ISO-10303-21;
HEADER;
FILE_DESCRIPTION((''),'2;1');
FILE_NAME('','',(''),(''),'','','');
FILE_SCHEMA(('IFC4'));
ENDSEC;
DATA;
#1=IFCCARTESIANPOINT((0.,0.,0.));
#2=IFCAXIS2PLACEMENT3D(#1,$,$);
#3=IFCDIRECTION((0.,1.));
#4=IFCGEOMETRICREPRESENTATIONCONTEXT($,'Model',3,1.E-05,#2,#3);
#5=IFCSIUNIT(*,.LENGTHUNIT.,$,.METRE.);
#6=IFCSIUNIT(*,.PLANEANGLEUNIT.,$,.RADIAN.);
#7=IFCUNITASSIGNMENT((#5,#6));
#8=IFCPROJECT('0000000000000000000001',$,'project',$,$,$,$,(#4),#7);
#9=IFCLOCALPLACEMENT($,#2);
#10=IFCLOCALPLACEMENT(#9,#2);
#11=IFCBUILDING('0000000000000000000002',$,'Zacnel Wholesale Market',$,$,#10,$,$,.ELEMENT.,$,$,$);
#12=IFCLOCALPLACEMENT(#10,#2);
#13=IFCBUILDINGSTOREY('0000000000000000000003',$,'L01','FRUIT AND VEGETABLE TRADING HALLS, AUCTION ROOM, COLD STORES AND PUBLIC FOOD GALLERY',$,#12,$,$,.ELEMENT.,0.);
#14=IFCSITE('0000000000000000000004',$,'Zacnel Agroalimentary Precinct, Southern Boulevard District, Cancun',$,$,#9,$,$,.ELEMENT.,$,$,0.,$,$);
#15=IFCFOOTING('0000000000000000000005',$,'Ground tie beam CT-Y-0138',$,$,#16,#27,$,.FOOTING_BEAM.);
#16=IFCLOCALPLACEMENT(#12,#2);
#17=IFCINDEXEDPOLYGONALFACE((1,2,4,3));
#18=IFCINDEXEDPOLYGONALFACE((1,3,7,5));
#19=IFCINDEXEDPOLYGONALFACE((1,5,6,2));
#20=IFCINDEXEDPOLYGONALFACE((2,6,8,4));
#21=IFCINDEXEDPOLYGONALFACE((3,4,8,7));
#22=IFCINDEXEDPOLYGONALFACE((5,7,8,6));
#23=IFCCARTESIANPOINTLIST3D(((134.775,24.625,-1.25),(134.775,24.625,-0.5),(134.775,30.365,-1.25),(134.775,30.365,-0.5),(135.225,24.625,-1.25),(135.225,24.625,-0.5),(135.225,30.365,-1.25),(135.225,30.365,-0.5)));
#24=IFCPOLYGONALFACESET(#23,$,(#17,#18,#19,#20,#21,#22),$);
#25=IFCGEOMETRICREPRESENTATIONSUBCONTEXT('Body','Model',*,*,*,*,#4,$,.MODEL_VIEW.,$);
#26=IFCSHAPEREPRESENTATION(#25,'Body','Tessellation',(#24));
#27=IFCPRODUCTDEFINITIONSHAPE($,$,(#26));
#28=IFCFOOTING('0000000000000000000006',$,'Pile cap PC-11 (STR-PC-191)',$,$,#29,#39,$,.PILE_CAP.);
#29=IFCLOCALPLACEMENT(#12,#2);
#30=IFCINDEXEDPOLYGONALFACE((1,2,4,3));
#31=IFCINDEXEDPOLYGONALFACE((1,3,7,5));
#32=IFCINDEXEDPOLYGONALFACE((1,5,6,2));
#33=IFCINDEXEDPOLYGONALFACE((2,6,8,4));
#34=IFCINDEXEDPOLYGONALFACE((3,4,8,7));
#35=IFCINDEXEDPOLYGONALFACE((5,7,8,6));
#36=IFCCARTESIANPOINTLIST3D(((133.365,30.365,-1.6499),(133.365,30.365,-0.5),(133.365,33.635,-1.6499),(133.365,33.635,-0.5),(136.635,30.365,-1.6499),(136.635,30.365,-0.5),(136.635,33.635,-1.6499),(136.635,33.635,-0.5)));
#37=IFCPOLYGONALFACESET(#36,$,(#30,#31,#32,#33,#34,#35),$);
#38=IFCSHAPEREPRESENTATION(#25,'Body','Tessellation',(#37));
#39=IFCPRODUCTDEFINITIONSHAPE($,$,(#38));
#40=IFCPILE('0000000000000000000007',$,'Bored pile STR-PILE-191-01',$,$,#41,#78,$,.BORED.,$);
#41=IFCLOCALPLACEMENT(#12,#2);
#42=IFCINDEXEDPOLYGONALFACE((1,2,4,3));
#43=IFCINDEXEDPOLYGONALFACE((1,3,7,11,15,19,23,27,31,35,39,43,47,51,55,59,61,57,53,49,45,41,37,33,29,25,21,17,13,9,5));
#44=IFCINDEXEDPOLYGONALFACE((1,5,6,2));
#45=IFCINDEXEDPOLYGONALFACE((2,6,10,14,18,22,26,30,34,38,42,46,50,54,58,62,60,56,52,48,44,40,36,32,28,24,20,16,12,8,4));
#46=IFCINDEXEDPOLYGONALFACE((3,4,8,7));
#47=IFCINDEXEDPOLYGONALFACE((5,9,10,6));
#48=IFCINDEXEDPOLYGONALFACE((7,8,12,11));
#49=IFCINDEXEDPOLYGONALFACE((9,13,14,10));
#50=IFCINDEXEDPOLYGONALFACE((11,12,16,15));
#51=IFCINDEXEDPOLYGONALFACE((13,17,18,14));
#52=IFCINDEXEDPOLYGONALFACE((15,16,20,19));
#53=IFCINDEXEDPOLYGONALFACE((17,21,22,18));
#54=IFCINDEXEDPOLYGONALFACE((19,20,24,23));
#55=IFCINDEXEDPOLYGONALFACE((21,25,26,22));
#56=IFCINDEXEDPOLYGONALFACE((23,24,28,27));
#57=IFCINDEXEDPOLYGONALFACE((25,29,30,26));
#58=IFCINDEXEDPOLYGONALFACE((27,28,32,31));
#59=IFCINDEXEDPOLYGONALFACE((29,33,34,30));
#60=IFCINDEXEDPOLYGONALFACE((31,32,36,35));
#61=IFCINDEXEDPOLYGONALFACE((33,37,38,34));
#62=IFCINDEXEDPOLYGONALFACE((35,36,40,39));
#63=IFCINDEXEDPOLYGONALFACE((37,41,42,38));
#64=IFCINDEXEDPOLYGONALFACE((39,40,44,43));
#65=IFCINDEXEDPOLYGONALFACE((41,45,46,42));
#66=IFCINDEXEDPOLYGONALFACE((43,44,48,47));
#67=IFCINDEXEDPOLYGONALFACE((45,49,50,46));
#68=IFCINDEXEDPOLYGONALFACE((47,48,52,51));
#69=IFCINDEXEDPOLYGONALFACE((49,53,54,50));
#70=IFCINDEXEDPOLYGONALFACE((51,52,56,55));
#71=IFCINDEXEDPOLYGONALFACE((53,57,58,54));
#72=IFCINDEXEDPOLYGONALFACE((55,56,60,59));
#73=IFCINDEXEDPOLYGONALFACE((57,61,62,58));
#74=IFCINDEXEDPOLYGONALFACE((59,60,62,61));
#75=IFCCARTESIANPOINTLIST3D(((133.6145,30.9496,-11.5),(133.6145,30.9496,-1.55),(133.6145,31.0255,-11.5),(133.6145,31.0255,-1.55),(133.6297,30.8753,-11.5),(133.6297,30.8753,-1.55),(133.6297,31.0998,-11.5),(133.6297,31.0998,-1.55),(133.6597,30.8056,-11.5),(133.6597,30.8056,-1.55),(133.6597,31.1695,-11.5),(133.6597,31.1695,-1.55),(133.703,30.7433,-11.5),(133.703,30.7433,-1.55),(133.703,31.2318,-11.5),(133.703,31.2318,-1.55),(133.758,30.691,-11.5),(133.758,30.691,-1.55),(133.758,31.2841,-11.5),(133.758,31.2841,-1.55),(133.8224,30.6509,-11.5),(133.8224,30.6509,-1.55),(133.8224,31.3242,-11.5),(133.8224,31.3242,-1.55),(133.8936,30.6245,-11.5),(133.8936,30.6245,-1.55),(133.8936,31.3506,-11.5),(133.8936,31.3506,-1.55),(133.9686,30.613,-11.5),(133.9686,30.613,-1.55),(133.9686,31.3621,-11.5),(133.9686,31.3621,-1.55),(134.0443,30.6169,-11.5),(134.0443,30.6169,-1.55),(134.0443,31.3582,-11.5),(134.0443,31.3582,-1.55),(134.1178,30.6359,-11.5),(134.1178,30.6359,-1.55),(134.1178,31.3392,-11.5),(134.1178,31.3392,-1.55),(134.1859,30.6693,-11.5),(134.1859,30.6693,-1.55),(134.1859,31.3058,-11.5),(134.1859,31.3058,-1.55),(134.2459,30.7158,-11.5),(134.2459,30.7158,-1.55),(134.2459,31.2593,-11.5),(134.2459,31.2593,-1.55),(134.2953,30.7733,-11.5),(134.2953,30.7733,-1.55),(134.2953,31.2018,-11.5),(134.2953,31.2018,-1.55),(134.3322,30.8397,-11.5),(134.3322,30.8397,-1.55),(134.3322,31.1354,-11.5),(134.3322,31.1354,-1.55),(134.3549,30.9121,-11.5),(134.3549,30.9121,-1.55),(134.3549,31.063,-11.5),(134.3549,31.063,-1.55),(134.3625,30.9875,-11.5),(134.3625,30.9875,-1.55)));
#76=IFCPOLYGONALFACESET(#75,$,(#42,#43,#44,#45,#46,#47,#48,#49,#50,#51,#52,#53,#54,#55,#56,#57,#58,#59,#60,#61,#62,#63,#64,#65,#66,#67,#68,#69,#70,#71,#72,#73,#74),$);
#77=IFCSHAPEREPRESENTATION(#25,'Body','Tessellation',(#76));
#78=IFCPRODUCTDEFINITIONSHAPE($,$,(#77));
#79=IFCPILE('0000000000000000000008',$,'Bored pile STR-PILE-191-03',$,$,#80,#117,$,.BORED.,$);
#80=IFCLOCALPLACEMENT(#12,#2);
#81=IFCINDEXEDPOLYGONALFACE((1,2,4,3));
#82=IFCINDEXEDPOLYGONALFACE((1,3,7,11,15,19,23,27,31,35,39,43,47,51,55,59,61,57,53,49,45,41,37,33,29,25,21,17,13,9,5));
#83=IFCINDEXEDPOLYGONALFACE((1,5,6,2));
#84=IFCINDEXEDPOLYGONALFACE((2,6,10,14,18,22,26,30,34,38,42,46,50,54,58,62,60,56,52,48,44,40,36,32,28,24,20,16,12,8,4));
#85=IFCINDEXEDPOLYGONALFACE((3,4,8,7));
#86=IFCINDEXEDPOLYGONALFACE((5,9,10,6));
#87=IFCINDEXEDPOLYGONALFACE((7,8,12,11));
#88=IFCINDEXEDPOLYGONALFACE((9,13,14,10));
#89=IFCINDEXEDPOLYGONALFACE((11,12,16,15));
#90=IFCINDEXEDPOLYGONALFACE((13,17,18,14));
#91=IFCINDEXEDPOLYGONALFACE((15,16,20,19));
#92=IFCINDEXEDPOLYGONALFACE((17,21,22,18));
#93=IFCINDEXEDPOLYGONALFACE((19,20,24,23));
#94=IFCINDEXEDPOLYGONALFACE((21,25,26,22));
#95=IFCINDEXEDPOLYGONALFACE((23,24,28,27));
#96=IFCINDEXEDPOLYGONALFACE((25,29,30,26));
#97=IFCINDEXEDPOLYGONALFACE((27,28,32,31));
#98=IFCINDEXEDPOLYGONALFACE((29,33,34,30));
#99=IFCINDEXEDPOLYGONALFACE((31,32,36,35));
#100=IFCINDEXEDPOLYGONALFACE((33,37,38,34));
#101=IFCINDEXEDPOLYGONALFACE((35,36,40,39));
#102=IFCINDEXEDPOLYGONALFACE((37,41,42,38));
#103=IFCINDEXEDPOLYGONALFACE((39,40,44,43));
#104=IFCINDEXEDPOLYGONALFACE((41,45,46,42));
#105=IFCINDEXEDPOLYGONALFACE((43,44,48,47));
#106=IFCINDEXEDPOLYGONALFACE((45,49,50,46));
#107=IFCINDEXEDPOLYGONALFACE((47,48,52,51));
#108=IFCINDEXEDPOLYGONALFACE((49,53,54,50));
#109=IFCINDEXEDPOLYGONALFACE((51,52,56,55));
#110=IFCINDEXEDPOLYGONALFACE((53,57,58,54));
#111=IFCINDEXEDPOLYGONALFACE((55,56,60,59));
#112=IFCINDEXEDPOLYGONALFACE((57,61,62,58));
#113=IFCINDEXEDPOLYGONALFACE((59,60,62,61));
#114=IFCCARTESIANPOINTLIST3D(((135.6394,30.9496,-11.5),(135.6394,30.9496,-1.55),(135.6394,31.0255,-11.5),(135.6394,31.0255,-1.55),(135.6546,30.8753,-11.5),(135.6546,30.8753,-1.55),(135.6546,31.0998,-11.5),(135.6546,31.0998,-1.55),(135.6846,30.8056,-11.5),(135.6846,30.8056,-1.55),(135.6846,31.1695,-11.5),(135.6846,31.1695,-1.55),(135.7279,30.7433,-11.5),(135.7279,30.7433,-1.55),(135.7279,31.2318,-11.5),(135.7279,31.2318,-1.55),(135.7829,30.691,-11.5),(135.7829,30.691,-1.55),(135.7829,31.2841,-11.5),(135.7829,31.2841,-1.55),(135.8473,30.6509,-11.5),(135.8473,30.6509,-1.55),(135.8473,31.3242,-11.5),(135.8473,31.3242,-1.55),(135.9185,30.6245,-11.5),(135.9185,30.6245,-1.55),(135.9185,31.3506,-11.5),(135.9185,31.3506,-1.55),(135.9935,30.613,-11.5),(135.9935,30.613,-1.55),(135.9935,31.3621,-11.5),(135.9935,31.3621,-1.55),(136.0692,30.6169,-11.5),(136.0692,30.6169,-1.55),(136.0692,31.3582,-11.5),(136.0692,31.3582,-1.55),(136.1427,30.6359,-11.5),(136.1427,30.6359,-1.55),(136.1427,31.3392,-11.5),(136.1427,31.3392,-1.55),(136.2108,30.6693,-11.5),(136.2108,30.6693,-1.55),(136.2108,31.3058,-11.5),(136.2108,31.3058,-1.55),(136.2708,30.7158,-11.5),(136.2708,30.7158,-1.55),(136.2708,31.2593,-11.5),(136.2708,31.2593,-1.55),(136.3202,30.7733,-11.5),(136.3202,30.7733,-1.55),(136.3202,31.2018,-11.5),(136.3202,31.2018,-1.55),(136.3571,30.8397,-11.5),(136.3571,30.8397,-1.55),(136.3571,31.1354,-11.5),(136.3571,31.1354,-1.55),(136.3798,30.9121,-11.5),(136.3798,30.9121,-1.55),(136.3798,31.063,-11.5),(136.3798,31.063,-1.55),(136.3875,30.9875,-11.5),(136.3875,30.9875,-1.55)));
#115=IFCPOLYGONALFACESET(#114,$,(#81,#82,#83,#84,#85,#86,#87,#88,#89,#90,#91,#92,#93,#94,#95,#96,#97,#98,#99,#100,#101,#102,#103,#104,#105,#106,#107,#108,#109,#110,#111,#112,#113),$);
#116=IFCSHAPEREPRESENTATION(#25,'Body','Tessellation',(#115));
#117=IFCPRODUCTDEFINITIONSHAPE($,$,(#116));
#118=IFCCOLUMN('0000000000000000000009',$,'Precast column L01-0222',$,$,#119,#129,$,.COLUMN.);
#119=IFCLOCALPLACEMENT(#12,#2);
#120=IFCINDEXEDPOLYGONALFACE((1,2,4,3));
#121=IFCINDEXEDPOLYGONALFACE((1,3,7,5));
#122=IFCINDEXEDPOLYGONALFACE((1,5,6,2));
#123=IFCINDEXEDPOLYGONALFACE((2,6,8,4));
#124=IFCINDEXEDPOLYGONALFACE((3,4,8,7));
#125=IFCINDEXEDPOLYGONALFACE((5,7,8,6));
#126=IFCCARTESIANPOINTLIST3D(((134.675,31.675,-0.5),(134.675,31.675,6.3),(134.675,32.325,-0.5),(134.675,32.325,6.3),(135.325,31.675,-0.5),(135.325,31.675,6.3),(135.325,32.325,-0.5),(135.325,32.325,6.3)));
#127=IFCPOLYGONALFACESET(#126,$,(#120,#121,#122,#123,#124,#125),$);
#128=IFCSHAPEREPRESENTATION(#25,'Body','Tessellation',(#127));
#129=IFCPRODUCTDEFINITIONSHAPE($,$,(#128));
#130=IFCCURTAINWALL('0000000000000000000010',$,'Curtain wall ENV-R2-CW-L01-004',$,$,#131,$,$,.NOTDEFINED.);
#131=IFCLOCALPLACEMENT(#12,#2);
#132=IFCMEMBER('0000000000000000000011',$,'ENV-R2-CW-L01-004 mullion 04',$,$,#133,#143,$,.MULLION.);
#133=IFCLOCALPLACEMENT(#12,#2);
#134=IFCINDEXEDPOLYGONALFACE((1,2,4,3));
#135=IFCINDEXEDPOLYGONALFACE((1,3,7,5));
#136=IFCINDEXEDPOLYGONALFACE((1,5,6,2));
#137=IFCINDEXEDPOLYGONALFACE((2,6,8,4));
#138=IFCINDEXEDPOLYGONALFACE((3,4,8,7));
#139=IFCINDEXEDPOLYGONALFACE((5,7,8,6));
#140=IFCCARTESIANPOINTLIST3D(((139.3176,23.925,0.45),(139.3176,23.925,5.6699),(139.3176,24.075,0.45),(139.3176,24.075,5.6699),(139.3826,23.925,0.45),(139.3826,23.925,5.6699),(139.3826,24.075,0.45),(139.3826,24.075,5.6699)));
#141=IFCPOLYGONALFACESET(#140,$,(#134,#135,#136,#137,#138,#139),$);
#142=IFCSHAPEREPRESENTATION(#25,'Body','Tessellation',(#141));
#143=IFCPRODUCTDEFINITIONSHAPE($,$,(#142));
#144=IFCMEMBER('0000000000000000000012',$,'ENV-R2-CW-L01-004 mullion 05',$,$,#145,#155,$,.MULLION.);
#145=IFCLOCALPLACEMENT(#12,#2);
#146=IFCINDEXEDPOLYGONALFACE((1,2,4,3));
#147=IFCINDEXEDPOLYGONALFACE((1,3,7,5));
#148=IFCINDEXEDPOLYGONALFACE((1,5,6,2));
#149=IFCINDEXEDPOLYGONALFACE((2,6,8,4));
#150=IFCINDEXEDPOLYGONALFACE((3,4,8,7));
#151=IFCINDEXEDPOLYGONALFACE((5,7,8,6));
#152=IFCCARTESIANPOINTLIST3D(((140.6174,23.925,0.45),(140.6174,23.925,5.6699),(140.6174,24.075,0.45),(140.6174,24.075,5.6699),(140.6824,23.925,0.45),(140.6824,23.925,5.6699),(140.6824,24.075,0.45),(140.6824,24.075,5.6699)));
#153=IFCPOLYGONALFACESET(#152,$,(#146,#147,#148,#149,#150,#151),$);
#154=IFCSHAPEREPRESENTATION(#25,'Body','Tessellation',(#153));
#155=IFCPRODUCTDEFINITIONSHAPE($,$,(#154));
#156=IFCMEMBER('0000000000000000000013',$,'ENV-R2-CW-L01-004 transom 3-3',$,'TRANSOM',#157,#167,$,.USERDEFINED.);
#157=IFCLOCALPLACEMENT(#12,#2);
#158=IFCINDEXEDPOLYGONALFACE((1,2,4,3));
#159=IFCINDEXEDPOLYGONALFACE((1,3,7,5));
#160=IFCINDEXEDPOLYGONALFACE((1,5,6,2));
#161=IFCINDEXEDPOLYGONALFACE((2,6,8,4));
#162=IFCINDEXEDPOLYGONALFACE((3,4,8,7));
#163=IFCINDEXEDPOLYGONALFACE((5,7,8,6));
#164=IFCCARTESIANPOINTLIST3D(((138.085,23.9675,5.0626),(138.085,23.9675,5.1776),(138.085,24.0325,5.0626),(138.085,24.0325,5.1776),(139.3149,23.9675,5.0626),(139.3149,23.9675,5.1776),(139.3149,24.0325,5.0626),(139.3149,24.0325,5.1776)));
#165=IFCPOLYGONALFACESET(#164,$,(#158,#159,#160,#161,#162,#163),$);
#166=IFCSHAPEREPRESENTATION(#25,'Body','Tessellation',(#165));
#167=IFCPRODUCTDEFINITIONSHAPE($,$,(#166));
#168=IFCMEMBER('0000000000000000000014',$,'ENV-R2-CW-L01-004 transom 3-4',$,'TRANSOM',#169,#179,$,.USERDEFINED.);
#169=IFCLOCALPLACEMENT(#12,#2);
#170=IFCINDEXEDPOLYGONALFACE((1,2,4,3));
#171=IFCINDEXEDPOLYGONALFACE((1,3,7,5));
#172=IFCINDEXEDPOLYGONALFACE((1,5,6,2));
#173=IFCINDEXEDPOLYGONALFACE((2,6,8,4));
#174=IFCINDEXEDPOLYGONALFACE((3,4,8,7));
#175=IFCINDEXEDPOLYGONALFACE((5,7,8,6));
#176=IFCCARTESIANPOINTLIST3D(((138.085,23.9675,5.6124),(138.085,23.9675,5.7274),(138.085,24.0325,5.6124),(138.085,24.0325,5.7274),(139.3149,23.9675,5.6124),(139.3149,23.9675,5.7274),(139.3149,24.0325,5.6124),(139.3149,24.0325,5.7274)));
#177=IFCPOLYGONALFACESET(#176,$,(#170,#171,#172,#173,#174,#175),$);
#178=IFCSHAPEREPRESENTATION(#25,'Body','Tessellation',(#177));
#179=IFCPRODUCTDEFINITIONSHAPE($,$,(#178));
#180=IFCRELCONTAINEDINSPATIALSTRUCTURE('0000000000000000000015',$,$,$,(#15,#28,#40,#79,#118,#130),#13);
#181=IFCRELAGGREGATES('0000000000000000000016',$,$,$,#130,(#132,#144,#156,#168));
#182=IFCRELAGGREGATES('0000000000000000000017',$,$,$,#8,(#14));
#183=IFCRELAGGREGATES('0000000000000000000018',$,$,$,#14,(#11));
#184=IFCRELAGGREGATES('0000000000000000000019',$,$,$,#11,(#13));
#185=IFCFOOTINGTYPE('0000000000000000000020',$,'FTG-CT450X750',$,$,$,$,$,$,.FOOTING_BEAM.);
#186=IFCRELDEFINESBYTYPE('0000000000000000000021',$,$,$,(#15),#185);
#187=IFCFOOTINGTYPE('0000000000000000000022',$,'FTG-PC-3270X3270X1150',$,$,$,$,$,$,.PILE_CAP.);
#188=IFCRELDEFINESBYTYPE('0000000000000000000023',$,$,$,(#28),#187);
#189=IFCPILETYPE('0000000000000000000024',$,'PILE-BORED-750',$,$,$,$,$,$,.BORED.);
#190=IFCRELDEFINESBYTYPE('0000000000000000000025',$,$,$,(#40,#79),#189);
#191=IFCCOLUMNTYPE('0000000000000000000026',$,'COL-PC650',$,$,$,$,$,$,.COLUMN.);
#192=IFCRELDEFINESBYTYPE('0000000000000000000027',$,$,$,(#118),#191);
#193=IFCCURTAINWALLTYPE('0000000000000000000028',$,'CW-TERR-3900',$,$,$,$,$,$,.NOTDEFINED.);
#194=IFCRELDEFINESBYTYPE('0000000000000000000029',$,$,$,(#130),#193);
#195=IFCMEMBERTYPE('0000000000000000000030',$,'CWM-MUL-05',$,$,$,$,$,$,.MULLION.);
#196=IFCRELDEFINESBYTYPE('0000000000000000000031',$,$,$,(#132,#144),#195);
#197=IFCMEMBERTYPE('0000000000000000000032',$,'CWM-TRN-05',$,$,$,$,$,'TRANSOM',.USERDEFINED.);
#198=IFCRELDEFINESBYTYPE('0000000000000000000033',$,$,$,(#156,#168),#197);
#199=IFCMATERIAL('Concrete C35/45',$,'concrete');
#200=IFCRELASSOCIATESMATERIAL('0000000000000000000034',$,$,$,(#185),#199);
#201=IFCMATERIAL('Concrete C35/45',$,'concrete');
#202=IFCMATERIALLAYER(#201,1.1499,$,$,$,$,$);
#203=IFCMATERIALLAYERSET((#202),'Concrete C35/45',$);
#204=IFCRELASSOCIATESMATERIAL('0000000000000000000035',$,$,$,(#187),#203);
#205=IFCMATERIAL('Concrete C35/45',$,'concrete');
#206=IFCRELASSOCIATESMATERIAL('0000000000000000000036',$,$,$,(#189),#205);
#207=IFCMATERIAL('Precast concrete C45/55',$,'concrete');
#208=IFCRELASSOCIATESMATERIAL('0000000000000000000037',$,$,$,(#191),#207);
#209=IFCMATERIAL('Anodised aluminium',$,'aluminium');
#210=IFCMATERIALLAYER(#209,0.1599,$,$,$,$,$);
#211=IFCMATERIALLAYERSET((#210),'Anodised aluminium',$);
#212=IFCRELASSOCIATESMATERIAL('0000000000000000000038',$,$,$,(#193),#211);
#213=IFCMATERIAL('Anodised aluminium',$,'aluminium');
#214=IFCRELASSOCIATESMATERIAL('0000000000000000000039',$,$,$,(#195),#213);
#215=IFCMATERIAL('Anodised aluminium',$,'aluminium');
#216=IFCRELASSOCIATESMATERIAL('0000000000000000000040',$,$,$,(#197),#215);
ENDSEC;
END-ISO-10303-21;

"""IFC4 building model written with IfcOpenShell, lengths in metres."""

from ifc_helpers import new_model, si_unit, direction, frame, origin, origin_2d, place, context, subcontext, project, spatial, rectangle, circle, extrude, material, layer, layer_set, material_profile, profile_set, type_object, element, aggregate, save


model = new_model("IFC4")

# Units and contexts
model_context = context("Model", 3, precision=1e-05, world=origin(), true_north=direction((0.0, 1.0)))
body_context = subcontext(model_context, "Body", "Model", "MODEL_VIEW")
ifc_project = project(units=[si_unit("LENGTHUNIT", "METRE"), si_unit("PLANEANGLEUNIT", "RADIAN")], contexts=[model_context])

# Site, building, storey
site_placement = place(None, origin())
site = spatial("IfcSite", under=ifc_project, at=site_placement, Name="Zacnel Agroalimentary Precinct, Southern Boulevard District, Cancun", CompositionType="ELEMENT", RefElevation=0.0)
building_placement = place(site_placement, origin())
building = spatial("IfcBuilding", under=site, at=building_placement, Name="Zacnel Wholesale Market", CompositionType="ELEMENT")
storey_placement = place(building_placement, origin())
storey = spatial("IfcBuildingStorey", under=building, at=storey_placement, Name="L01", Description="FRUIT AND VEGETABLE TRADING HALLS, AUCTION ROOM, COLD STORES AND PUBLIC FOOD GALLERY", CompositionType="ELEMENT", Elevation=0.0)

# Footings
ifc_material_1 = material(Name="Concrete C35/45", Category="concrete")
ifc_material_profile_1 = material_profile(ifc_material_1, rectangle(XDim=0.45, YDim=0.75, at=origin_2d()), Name="CT 450x750")
ifc_profile_set_1 = profile_set([ifc_material_profile_1], Name="Concrete C35/45")
footing_type_1 = type_object("IfcFootingType", Name="FTG-CT450X750", PredefinedType="FOOTING_BEAM", material=ifc_profile_set_1)
footing_1_placement = place(storey_placement, frame((135.0, 24.625, -0.875), z_axis=(0.0, 1.0, 0.0), x_axis=(-1.0, 0.0, 0.0)))
element("IfcFooting", 1, at=footing_1_placement, inside=storey, type_object=footing_type_1, Name="Ground tie beam CT-Y-0138", PredefinedType="FOOTING_BEAM", context=body_context, shape_type="SweptSolid", body=[
    extrude(rectangle(XDim=0.45, YDim=0.75, at=origin_2d()), origin(), (0.0, 0.0, 1.0), 5.74),
])
ifc_material_2 = material(Name="Concrete C35/45", Category="concrete")
ifc_layer_1 = layer(ifc_material_2, 1.1499)
ifc_layer_set_1 = layer_set([ifc_layer_1], Name="Concrete C35/45")
footing_type_2 = type_object("IfcFootingType", Name="FTG-PC-3270X3270X1150", PredefinedType="PILE_CAP", material=ifc_layer_set_1)
footing_2_placement = place(storey_placement, frame((135.0, 32.0, -1.6499), z_axis=(0.0, 0.0, 1.0), x_axis=(1.0, 0.0, 0.0)))
element("IfcFooting", 2, at=footing_2_placement, inside=storey, type_object=footing_type_2, Name="Pile cap PC-11 (STR-PC-191)", PredefinedType="PILE_CAP", context=body_context, shape_type="SweptSolid", body=[
    extrude(rectangle(XDim=3.27, YDim=3.27, at=origin_2d()), origin(), (0.0, 0.0, 1.0), 1.1499),
])

# Piles
ifc_material_3 = material(Name="Concrete C35/45", Category="concrete")
ifc_material_profile_2 = material_profile(ifc_material_3, circle(Radius=0.375, at=origin_2d()), Name="BORED PILE D750")
ifc_profile_set_2 = profile_set([ifc_material_profile_2], Name="Concrete C35/45")
pile_type = type_object("IfcPileType", Name="PILE-BORED-750", PredefinedType="BORED", material=ifc_profile_set_2)
for number, where, z_axis, x_axis, name in (
    (3, (133.9875, 30.9875, -1.55), (0.0, 0.0, -1.0), (1.0, 0.0, 0.0), "Bored pile STR-PILE-191-01"),
    (4, (136.0125, 30.9875, -1.55), (0.0, 0.0, -1.0), (1.0, 0.0, 0.0), "Bored pile STR-PILE-191-03"),
):
    element("IfcPile", number, at=place(storey_placement, frame(where, z_axis=z_axis, x_axis=x_axis)), inside=storey, type_object=pile_type, Name=name, PredefinedType="BORED", context=body_context, shape_type="SweptSolid", body=[
        extrude(circle(Radius=0.375, at=origin_2d()), origin(), (0.0, 0.0, 1.0), 9.95),
    ])

# Column
ifc_material_4 = material(Name="Precast concrete C45/55", Category="concrete")
ifc_material_profile_3 = material_profile(ifc_material_4, rectangle(XDim=0.6499, YDim=0.6499, at=origin_2d()), Name="PC 650x650")
ifc_profile_set_3 = profile_set([ifc_material_profile_3], Name="Precast concrete C45/55")
column_type = type_object("IfcColumnType", Name="COL-PC650", PredefinedType="COLUMN", material=ifc_profile_set_3)
column_placement = place(storey_placement, frame((135.0, 32.0, -0.5), z_axis=(0.0, 0.0, 1.0), x_axis=(1.0, 0.0, 0.0)))
element("IfcColumn", 5, at=column_placement, inside=storey, type_object=column_type, Name="Precast column L01-0222", PredefinedType="COLUMN", context=body_context, shape_type="SweptSolid", body=[
    extrude(rectangle(XDim=0.6499, YDim=0.6499, at=origin_2d()), origin(), (0.0, 0.0, 1.0), 6.8),
])

# Curtain wall, members
ifc_material_5 = material(Name="Anodised aluminium", Category="aluminium")
ifc_layer_2 = layer(ifc_material_5, 0.1599)
ifc_layer_set_2 = layer_set([ifc_layer_2], Name="Anodised aluminium")
curtain_wall_type = type_object("IfcCurtainWallType", Name="CW-TERR-3900", PredefinedType="NOTDEFINED", material=ifc_layer_set_2)
curtain_wall_placement = place(storey_placement, origin())
curtain_wall = element("IfcCurtainWall", 6, at=curtain_wall_placement, inside=storey, type_object=curtain_wall_type, Name="Curtain wall ENV-R2-CW-L01-004", PredefinedType="NOTDEFINED")
ifc_material_6 = material(Name="Anodised aluminium", Category="aluminium")
ifc_material_profile_4 = material_profile(ifc_material_6, rectangle(XDim=0.0649, YDim=0.1499, at=origin_2d()), Name="AW-MULLION 65x150")
ifc_profile_set_4 = profile_set([ifc_material_profile_4], Name="Anodised aluminium")
member_type_1 = type_object("IfcMemberType", Name="CWM-MUL-05", PredefinedType="MULLION", material=ifc_profile_set_4)
member_1_placement = place(storey_placement, frame((139.3501, 24.0, 0.45), z_axis=(0.0, 0.0, 1.0), x_axis=(1.0, 0.0, 0.0)))
member_1 = element("IfcMember", 7, at=member_1_placement, type_object=member_type_1, Name="ENV-R2-CW-L01-004 mullion 04", PredefinedType="MULLION", context=body_context, shape_type="SweptSolid", body=[
    extrude(rectangle(XDim=0.0649, YDim=0.1499, at=origin_2d()), origin(), (0.0, 0.0, 1.0), 5.22),
])
member_2_placement = place(storey_placement, frame((140.6499, 24.0, 0.45), z_axis=(0.0, 0.0, 1.0), x_axis=(1.0, 0.0, 0.0)))
member_2 = element("IfcMember", 8, at=member_2_placement, type_object=member_type_1, Name="ENV-R2-CW-L01-004 mullion 05", PredefinedType="MULLION", context=body_context, shape_type="SweptSolid", body=[
    extrude(rectangle(XDim=0.0649, YDim=0.1499, at=origin_2d()), origin(), (0.0, 0.0, 1.0), 5.22),
])
ifc_material_7 = material(Name="Anodised aluminium", Category="aluminium")
ifc_material_profile_5 = material_profile(ifc_material_7, rectangle(XDim=0.0649, YDim=0.115, at=origin_2d()), Name="AW-TRANSOM 65x115")
ifc_profile_set_5 = profile_set([ifc_material_profile_5], Name="Anodised aluminium")
member_type_2 = type_object("IfcMemberType", Name="CWM-TRN-05", ElementType="TRANSOM", PredefinedType="USERDEFINED", material=ifc_profile_set_5)
member_3_placement = place(storey_placement, frame((138.085, 24.0, 5.1201), z_axis=(1.0, 0.0, 0.0), x_axis=(0.0, 1.0, 0.0)))
member_3 = element("IfcMember", 9, at=member_3_placement, type_object=member_type_2, Name="ENV-R2-CW-L01-004 transom 3-3", ObjectType="TRANSOM", PredefinedType="USERDEFINED", context=body_context, shape_type="SweptSolid", body=[
    extrude(rectangle(XDim=0.0649, YDim=0.115, at=origin_2d()), origin(), (0.0, 0.0, 1.0), 1.23),
])
member_4_placement = place(storey_placement, frame((138.085, 24.0, 5.6699), z_axis=(1.0, 0.0, 0.0), x_axis=(0.0, 1.0, 0.0)))
member_4 = element("IfcMember", 10, at=member_4_placement, type_object=member_type_2, Name="ENV-R2-CW-L01-004 transom 3-4", ObjectType="TRANSOM", PredefinedType="USERDEFINED", context=body_context, shape_type="SweptSolid", body=[
    extrude(rectangle(XDim=0.0649, YDim=0.115, at=origin_2d()), origin(), (0.0, 0.0, 1.0), 1.23),
])
aggregate(curtain_wall, [member_1, member_2, member_3, member_4])

save(model, "model.ifc")
